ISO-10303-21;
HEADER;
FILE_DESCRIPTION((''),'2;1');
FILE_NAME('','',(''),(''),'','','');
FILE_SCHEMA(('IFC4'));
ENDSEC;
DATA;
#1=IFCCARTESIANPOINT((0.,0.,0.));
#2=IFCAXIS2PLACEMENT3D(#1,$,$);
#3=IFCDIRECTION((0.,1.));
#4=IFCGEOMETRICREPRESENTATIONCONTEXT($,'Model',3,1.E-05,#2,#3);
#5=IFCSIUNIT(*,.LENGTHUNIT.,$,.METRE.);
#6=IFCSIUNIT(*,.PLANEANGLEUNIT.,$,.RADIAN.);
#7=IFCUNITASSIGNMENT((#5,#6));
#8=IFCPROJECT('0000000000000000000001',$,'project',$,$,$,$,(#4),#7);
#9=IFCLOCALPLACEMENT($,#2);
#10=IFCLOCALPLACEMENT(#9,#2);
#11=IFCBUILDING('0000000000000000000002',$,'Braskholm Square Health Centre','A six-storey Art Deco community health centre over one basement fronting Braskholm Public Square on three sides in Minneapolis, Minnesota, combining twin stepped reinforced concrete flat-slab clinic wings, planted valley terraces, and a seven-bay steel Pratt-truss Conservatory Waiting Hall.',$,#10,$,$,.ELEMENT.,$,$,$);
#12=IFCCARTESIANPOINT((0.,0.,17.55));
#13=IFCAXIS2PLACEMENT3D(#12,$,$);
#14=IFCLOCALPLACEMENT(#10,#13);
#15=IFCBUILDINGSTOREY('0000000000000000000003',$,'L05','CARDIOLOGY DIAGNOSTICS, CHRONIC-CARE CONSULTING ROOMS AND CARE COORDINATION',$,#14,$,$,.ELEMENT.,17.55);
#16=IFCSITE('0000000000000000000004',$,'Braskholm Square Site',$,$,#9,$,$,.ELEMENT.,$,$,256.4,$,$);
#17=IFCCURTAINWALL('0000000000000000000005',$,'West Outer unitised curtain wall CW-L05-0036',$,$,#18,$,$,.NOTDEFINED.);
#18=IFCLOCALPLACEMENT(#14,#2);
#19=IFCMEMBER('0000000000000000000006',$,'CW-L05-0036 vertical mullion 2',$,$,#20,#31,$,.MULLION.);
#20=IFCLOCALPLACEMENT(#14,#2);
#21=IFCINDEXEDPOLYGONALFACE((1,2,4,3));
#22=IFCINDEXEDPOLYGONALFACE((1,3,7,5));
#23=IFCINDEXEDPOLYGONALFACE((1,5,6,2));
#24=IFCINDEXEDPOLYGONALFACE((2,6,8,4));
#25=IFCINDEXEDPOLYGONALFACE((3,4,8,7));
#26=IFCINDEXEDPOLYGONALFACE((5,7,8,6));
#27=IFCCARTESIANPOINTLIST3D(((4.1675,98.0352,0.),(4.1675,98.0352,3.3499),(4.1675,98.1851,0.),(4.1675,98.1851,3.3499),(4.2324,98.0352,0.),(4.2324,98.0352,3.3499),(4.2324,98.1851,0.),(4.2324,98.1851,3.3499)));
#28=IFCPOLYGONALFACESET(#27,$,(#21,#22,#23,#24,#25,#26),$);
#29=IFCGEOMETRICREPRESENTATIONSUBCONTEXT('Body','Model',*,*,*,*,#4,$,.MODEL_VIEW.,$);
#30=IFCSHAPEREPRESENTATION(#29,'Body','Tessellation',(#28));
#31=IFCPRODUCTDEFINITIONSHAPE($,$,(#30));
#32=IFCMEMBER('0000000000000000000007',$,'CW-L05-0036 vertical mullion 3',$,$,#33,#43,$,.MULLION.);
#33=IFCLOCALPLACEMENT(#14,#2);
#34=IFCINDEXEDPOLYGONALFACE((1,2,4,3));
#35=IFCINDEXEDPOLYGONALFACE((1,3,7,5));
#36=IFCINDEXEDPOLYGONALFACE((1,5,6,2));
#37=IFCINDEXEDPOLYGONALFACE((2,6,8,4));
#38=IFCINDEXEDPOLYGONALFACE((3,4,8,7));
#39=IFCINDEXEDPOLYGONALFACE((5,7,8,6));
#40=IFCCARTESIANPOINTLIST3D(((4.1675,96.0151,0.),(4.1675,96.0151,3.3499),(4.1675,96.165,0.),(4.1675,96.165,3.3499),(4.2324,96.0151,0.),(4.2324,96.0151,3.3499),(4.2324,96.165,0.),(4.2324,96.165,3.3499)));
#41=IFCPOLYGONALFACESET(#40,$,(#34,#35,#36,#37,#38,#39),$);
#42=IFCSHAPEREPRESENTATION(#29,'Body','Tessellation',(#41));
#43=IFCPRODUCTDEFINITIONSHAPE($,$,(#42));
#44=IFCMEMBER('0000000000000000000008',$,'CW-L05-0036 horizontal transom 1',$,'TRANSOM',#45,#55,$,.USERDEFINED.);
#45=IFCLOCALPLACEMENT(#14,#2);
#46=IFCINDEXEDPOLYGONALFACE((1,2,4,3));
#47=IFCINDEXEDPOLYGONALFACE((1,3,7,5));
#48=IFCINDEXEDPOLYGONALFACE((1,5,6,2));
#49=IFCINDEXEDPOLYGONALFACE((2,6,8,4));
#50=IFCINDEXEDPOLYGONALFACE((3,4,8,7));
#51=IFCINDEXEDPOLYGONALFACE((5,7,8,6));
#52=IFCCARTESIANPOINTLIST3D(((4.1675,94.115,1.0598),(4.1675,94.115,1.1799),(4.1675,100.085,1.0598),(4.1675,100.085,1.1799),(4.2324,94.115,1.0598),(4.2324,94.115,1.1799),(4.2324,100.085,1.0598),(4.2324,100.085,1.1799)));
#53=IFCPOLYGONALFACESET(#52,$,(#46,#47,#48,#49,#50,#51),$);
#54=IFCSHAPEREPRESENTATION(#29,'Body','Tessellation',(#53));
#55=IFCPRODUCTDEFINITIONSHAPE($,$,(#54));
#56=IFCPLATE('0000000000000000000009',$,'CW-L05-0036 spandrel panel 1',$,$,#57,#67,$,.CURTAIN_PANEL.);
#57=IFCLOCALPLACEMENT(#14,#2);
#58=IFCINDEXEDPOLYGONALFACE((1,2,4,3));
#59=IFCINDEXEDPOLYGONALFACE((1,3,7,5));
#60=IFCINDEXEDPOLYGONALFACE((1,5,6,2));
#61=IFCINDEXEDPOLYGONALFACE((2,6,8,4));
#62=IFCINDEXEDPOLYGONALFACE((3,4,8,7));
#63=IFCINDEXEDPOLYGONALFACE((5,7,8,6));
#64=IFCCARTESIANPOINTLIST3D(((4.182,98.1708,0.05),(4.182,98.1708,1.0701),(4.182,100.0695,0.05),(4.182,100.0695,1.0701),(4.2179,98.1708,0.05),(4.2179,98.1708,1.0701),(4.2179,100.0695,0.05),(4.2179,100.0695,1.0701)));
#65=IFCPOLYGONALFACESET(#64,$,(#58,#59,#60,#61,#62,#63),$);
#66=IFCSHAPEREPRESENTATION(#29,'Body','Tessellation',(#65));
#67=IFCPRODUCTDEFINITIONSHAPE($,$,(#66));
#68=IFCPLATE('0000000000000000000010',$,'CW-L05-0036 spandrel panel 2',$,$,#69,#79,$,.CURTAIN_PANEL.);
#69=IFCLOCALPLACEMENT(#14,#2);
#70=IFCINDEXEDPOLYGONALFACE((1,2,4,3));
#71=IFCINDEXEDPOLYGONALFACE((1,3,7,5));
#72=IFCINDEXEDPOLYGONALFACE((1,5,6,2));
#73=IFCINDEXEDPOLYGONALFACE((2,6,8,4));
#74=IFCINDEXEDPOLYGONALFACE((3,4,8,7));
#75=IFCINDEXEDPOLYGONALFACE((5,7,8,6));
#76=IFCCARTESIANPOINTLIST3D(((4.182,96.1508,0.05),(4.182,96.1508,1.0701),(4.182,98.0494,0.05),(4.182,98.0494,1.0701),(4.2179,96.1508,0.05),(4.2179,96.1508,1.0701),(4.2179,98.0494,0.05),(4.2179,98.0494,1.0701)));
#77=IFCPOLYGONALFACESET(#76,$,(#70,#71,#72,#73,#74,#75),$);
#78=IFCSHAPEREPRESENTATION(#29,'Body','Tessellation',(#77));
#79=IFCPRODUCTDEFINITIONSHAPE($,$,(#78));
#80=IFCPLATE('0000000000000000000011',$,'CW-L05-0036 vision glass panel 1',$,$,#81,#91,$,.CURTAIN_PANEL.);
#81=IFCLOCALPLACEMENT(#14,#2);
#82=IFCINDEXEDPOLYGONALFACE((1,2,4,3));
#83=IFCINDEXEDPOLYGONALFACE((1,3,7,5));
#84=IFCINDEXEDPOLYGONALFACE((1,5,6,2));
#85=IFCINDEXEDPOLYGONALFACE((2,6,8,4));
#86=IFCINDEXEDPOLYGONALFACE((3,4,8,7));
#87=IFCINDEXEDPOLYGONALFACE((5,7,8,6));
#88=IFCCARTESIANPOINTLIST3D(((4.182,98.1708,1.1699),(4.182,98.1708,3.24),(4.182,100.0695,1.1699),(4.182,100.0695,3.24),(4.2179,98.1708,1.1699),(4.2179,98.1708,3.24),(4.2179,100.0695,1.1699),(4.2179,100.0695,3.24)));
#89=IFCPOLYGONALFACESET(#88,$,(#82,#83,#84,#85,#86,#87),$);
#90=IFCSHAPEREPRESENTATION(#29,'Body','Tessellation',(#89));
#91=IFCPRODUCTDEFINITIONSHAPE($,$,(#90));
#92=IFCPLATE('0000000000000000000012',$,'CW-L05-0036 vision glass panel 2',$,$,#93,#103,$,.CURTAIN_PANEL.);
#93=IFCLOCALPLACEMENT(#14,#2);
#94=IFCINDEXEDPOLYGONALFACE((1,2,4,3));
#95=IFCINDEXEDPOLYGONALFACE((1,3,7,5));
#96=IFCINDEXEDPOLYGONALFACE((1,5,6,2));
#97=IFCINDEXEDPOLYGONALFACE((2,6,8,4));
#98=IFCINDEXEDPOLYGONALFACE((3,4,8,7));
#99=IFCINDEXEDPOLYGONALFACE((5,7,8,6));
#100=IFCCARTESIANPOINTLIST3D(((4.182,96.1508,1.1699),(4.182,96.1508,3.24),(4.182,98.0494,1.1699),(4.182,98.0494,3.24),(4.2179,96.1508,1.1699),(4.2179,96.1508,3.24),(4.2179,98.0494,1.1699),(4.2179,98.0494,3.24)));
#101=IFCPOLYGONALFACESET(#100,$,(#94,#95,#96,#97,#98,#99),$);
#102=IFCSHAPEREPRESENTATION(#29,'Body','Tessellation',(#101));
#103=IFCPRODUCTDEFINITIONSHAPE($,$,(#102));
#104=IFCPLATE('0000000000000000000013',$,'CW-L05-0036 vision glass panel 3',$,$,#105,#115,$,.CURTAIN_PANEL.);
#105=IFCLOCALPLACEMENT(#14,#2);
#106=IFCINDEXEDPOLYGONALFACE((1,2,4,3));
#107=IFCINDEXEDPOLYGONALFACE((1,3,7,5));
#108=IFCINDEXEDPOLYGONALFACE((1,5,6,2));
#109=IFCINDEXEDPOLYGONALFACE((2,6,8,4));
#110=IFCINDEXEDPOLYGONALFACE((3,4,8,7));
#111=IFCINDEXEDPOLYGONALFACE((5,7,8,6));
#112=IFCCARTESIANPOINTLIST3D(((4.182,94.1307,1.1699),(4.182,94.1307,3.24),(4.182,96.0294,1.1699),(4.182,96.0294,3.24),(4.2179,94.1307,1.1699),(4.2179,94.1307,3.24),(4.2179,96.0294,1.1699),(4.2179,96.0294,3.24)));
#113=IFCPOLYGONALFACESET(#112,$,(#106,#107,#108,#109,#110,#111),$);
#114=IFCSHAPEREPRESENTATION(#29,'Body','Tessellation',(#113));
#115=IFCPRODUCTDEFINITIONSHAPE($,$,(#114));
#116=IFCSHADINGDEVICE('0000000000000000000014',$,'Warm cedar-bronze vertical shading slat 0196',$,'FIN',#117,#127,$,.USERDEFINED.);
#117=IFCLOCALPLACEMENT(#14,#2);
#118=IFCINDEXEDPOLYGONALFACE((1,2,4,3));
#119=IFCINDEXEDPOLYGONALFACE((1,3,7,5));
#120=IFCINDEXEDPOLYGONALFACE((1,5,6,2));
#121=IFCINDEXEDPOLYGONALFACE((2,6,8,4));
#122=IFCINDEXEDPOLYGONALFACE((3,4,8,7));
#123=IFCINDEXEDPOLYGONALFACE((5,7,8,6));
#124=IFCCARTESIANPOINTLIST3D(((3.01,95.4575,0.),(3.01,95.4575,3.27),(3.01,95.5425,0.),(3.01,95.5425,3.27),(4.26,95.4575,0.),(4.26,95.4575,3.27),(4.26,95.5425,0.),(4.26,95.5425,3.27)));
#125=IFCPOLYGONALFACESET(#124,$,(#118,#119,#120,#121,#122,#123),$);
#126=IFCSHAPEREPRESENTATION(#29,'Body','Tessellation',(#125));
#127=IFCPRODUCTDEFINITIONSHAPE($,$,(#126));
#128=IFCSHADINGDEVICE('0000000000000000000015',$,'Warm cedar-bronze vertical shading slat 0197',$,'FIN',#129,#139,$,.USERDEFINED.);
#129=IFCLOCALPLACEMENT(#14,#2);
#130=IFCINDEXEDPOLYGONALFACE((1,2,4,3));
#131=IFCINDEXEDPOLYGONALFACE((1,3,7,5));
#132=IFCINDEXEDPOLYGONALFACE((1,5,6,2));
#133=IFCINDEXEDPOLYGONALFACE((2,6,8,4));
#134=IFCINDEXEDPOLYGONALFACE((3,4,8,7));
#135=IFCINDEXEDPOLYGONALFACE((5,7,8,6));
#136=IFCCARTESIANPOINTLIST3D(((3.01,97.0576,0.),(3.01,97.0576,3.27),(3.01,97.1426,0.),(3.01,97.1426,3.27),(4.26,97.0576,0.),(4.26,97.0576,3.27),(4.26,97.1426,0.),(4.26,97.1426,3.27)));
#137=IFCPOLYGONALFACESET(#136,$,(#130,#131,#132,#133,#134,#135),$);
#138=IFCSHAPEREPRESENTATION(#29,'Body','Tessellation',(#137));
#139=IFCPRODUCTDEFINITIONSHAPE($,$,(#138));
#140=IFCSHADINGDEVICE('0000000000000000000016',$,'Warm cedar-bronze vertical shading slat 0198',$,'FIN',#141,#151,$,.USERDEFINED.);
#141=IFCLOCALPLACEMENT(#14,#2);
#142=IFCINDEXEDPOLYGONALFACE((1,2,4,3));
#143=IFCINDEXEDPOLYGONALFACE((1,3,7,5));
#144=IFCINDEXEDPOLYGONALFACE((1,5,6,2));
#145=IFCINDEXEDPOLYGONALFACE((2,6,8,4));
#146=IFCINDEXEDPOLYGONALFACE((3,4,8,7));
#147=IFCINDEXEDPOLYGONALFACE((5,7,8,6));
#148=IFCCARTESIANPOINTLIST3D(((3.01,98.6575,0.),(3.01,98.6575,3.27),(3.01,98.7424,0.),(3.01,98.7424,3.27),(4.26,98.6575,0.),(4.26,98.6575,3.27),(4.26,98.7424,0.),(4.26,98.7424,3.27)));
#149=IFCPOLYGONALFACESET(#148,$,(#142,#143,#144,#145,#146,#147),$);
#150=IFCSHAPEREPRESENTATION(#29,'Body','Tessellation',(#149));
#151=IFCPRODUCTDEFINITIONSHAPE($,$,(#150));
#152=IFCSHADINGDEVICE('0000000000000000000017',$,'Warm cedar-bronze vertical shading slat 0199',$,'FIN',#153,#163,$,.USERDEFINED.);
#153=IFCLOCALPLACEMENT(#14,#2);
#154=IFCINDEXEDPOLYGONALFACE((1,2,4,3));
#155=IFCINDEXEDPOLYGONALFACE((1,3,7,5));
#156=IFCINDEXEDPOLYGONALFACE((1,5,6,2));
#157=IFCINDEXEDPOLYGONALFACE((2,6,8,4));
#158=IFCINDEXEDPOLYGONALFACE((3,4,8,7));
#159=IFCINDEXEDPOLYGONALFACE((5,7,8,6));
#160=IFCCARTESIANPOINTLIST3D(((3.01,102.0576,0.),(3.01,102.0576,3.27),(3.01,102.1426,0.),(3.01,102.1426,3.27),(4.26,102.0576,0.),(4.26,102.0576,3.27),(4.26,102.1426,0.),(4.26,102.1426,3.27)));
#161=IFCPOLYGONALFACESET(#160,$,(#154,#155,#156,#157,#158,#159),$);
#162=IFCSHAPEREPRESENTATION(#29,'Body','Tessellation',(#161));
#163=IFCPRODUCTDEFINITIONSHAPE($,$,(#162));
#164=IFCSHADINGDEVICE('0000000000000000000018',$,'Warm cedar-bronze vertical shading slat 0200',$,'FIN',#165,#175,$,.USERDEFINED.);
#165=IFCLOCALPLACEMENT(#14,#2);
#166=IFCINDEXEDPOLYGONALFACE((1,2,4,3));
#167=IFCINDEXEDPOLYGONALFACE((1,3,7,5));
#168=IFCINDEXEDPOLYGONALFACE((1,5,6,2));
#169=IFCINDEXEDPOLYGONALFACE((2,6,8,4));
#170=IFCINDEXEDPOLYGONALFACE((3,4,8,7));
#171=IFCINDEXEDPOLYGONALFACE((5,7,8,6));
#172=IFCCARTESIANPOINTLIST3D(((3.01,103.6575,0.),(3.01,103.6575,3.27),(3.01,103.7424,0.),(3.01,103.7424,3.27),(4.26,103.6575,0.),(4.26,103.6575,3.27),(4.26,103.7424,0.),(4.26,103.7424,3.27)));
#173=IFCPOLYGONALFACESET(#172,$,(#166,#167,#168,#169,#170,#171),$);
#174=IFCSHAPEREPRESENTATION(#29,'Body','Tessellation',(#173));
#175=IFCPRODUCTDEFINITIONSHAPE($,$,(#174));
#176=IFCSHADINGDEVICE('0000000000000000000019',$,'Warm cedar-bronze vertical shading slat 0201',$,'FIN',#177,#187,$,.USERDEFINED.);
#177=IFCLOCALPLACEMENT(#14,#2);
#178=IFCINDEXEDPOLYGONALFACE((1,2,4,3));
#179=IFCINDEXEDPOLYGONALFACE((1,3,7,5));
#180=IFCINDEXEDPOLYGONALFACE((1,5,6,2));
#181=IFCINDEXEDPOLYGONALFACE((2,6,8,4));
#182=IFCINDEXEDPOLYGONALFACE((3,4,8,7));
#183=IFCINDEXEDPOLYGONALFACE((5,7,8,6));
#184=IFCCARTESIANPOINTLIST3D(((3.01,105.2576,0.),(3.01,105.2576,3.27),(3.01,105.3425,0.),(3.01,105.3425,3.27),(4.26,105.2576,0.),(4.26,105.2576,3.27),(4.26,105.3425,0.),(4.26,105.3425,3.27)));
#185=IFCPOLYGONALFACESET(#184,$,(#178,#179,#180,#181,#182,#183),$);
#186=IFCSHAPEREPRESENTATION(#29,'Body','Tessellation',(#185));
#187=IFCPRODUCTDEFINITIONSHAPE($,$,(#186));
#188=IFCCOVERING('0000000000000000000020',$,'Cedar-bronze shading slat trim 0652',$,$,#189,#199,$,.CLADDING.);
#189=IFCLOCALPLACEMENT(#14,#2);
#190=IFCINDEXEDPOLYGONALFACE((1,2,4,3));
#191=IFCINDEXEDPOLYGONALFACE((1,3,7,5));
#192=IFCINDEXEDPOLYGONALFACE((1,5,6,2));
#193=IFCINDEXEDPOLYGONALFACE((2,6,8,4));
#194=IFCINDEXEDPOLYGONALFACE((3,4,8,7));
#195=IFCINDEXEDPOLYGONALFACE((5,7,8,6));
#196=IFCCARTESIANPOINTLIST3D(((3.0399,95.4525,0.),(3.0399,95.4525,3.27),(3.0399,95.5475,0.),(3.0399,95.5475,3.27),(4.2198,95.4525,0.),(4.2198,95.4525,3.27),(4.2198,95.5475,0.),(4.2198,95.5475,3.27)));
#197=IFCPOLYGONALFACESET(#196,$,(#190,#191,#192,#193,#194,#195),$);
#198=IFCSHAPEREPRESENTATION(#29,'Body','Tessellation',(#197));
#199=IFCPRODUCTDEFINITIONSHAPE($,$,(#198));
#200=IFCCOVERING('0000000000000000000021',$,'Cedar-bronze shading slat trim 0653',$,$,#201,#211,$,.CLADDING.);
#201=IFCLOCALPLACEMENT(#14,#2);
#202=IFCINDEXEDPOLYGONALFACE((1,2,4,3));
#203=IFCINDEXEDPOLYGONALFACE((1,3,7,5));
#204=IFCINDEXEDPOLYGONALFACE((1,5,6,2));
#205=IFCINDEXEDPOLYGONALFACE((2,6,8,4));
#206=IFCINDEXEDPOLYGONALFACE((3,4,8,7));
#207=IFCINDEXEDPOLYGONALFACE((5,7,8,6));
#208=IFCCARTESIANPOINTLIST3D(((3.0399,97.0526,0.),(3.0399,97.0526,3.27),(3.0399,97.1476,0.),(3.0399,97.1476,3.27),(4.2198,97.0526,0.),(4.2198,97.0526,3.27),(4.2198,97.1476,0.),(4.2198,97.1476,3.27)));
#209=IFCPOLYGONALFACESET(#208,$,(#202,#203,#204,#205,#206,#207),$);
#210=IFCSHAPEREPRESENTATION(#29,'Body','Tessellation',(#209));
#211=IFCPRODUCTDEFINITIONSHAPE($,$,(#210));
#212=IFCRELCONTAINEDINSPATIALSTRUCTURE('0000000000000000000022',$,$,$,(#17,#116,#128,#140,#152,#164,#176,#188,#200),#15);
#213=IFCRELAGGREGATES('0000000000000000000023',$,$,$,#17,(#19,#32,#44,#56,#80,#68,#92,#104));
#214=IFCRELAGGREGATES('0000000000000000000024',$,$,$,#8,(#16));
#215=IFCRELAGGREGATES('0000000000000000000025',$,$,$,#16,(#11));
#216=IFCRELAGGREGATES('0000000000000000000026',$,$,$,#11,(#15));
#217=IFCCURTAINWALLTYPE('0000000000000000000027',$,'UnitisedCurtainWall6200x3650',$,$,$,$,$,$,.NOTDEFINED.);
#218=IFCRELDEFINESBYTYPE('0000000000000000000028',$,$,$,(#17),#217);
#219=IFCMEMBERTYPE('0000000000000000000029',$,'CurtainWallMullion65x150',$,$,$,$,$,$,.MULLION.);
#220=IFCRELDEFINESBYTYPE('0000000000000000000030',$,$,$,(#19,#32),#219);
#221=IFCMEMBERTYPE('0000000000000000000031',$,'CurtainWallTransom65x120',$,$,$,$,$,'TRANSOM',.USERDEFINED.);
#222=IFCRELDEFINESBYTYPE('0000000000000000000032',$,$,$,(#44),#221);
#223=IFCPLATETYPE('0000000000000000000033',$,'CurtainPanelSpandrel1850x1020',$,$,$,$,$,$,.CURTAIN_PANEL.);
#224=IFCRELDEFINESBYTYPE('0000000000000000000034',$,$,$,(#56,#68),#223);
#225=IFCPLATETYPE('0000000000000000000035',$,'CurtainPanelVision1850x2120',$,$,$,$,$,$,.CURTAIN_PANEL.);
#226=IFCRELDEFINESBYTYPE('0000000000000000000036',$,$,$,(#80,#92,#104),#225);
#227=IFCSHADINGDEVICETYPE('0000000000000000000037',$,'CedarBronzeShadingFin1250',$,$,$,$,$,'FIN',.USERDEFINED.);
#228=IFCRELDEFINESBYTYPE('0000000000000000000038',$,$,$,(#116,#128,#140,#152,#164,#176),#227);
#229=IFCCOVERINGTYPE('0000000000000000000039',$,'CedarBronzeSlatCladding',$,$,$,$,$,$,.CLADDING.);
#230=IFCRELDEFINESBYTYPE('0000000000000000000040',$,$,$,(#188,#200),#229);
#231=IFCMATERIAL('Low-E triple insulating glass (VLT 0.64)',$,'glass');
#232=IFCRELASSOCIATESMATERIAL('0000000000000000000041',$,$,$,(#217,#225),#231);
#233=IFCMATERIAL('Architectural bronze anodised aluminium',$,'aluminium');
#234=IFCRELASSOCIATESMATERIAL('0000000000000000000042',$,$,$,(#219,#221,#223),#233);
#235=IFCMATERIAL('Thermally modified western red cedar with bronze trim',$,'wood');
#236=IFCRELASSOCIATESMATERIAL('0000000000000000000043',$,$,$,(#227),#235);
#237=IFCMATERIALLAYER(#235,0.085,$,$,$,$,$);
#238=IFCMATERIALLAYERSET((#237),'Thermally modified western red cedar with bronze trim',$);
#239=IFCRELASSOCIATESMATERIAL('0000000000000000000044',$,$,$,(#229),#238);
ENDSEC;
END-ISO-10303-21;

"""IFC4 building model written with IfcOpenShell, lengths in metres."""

from ifc_helpers import new_model, si_unit, direction, frame, origin, origin_2d, place, context, subcontext, project, spatial, rectangle, extrude, material, layer, layer_set, material_profile, profile_set, type_object, element, aggregate, save


model = new_model("IFC4")

# Units and contexts
model_context = context("Model", 3, precision=1e-05, world=origin(), true_north=direction((0.0, 1.0)))
body_context = subcontext(model_context, "Body", "Model", "MODEL_VIEW")
ifc_project = project(units=[si_unit("LENGTHUNIT", "METRE"), si_unit("PLANEANGLEUNIT", "RADIAN")], contexts=[model_context])

# Site, building, storey
site_placement = place(None, origin())
site = spatial("IfcSite", under=ifc_project, at=site_placement, Name="Braskholm Square Site", CompositionType="ELEMENT", RefElevation=256.4)
building_placement = place(site_placement, origin())
building = spatial("IfcBuilding", under=site, at=building_placement, Name="Braskholm Square Health Centre", Description="A six-storey Art Deco community health centre over one basement fronting Braskholm Public Square on three sides in Minneapolis, Minnesota, combining twin stepped reinforced concrete flat-slab clinic wings, planted valley terraces, and a seven-bay steel Pratt-truss Conservatory Waiting Hall.", CompositionType="ELEMENT")
storey_placement = place(building_placement, frame((0.0, 0.0, 17.55)))
storey = spatial("IfcBuildingStorey", under=building, at=storey_placement, Name="L05", Description="CARDIOLOGY DIAGNOSTICS, CHRONIC-CARE CONSULTING ROOMS AND CARE COORDINATION", CompositionType="ELEMENT", Elevation=17.55)

# Curtain wall, members, plates
ifc_material_1 = material(Name="Low-E triple insulating glass (VLT 0.64)", Category="glass")
curtain_wall_type = type_object("IfcCurtainWallType", Name="UnitisedCurtainWall6200x3650", PredefinedType="NOTDEFINED", material=ifc_material_1)
curtain_wall_placement = place(storey_placement, origin())
curtain_wall = element("IfcCurtainWall", 1, at=curtain_wall_placement, inside=storey, type_object=curtain_wall_type, Name="West Outer unitised curtain wall CW-L05-0036", PredefinedType="NOTDEFINED")
ifc_material_2 = material(Name="Architectural bronze anodised aluminium", Category="aluminium")
ifc_material_profile_1 = material_profile(ifc_material_2, rectangle(XDim=0.0649, YDim=0.1499, at=origin_2d()), Name="ALU-65X150")
ifc_profile_set_1 = profile_set([ifc_material_profile_1], Name="Architectural bronze anodised aluminium")
member_type_1 = type_object("IfcMemberType", Name="CurtainWallMullion65x150", PredefinedType="MULLION", material=ifc_profile_set_1)
member_1_placement = place(storey_placement, frame((4.2, 98.1101, 0.0), z_axis=(0.0, 0.0, 1.0), x_axis=(1.0, 0.0, 0.0)))
member_1 = element("IfcMember", 2, at=member_1_placement, type_object=member_type_1, Name="CW-L05-0036 vertical mullion 2", PredefinedType="MULLION", context=body_context, shape_type="SweptSolid", body=[
    extrude(rectangle(XDim=0.0649, YDim=0.1499, at=origin_2d()), origin(), (0.0, 0.0, 1.0), 3.3499),
])
member_2_placement = place(storey_placement, frame((4.2, 96.0901, 0.0), z_axis=(0.0, 0.0, 1.0), x_axis=(1.0, 0.0, 0.0)))
member_2 = element("IfcMember", 3, at=member_2_placement, type_object=member_type_1, Name="CW-L05-0036 vertical mullion 3", PredefinedType="MULLION", context=body_context, shape_type="SweptSolid", body=[
    extrude(rectangle(XDim=0.0649, YDim=0.1499, at=origin_2d()), origin(), (0.0, 0.0, 1.0), 3.3499),
])
ifc_material_profile_2 = material_profile(ifc_material_2, rectangle(XDim=0.0649, YDim=0.1201, at=origin_2d()), Name="ALU-65X120")
ifc_profile_set_2 = profile_set([ifc_material_profile_2], Name="Architectural bronze anodised aluminium")
member_type_2 = type_object("IfcMemberType", Name="CurtainWallTransom65x120", ElementType="TRANSOM", PredefinedType="USERDEFINED", material=ifc_profile_set_2)
member_3_placement = place(storey_placement, frame((4.2, 100.085, 1.1199), z_axis=(0.0, -1.0, 0.0), x_axis=(1.0, 0.0, 0.0)))
member_3 = element("IfcMember", 4, at=member_3_placement, type_object=member_type_2, Name="CW-L05-0036 horizontal transom 1", ObjectType="TRANSOM", PredefinedType="USERDEFINED", context=body_context, shape_type="SweptSolid", body=[
    extrude(rectangle(XDim=0.0649, YDim=0.1201, at=origin_2d()), origin(), (0.0, 0.0, 1.0), 5.97),
])
plate_type_1 = type_object("IfcPlateType", Name="CurtainPanelSpandrel1850x1020", PredefinedType="CURTAIN_PANEL", material=ifc_material_2)
plate_1_placement = place(storey_placement, frame((4.2, 99.1201, 0.05), z_axis=(0.0, 0.0, 1.0), x_axis=(0.0, -1.0, 0.0)))
plate_1 = element("IfcPlate", 5, at=plate_1_placement, type_object=plate_type_1, Name="CW-L05-0036 spandrel panel 1", PredefinedType="CURTAIN_PANEL", context=body_context, shape_type="SweptSolid", body=[
    extrude(rectangle(XDim=1.8987, YDim=0.0359, at=origin_2d()), origin(), (0.0, 0.0, 1.0), 1.02),
])
plate_2_placement = place(storey_placement, frame((4.2, 97.1001, 0.05), z_axis=(0.0, 0.0, 1.0), x_axis=(0.0, -1.0, 0.0)))
plate_2 = element("IfcPlate", 6, at=plate_2_placement, type_object=plate_type_1, Name="CW-L05-0036 spandrel panel 2", PredefinedType="CURTAIN_PANEL", context=body_context, shape_type="SweptSolid", body=[
    extrude(rectangle(XDim=1.8987, YDim=0.0359, at=origin_2d()), origin(), (0.0, 0.0, 1.0), 1.02),
])
plate_type_2 = type_object("IfcPlateType", Name="CurtainPanelVision1850x2120", PredefinedType="CURTAIN_PANEL", material=ifc_material_1)
plate_3_placement = place(storey_placement, frame((4.2, 99.1201, 1.1699), z_axis=(0.0, 0.0, 1.0), x_axis=(0.0, -1.0, 0.0)))
plate_3 = element("IfcPlate", 7, at=plate_3_placement, type_object=plate_type_2, Name="CW-L05-0036 vision glass panel 1", PredefinedType="CURTAIN_PANEL", context=body_context, shape_type="SweptSolid", body=[
    extrude(rectangle(XDim=1.8987, YDim=0.0359, at=origin_2d()), origin(), (0.0, 0.0, 1.0), 2.0701),
])
plate_4_placement = place(storey_placement, frame((4.2, 97.1001, 1.1699), z_axis=(0.0, 0.0, 1.0), x_axis=(0.0, -1.0, 0.0)))
plate_4 = element("IfcPlate", 8, at=plate_4_placement, type_object=plate_type_2, Name="CW-L05-0036 vision glass panel 2", PredefinedType="CURTAIN_PANEL", context=body_context, shape_type="SweptSolid", body=[
    extrude(rectangle(XDim=1.8987, YDim=0.0359, at=origin_2d()), origin(), (0.0, 0.0, 1.0), 2.0701),
])
plate_5_placement = place(storey_placement, frame((4.2, 95.0801, 1.1699), z_axis=(0.0, 0.0, 1.0), x_axis=(0.0, -1.0, 0.0)))
plate_5 = element("IfcPlate", 9, at=plate_5_placement, type_object=plate_type_2, Name="CW-L05-0036 vision glass panel 3", PredefinedType="CURTAIN_PANEL", context=body_context, shape_type="SweptSolid", body=[
    extrude(rectangle(XDim=1.8987, YDim=0.0359, at=origin_2d()), origin(), (0.0, 0.0, 1.0), 2.0701),
])
aggregate(curtain_wall, [member_1, member_2, member_3, plate_1, plate_3, plate_2, plate_4, plate_5])

# Shading devices
ifc_material_3 = material(Name="Thermally modified western red cedar with bronze trim", Category="wood")
shading_device_type = type_object("IfcShadingDeviceType", Name="CedarBronzeShadingFin1250", ElementType="FIN", PredefinedType="USERDEFINED", material=ifc_material_3)
for number, where, z_axis, x_axis, name in (
    (10, (3.635, 95.5, 0.0), (0.0, 0.0, 1.0), (1.0, 0.0, 0.0), "Warm cedar-bronze vertical shading slat 0196"),
    (11, (3.635, 97.1001, 0.0), (0.0, 0.0, 1.0), (1.0, 0.0, 0.0), "Warm cedar-bronze vertical shading slat 0197"),
    (12, (3.635, 98.7, 0.0), (0.0, 0.0, 1.0), (1.0, 0.0, 0.0), "Warm cedar-bronze vertical shading slat 0198"),
    (13, (3.635, 102.1001, 0.0), (0.0, 0.0, 1.0), (1.0, 0.0, 0.0), "Warm cedar-bronze vertical shading slat 0199"),
    (14, (3.635, 103.7, 0.0), (0.0, 0.0, 1.0), (1.0, 0.0, 0.0), "Warm cedar-bronze vertical shading slat 0200"),
    (15, (3.635, 105.3, 0.0), (0.0, 0.0, 1.0), (1.0, 0.0, 0.0), "Warm cedar-bronze vertical shading slat 0201"),
):
    element("IfcShadingDevice", number, at=place(storey_placement, frame(where, z_axis=z_axis, x_axis=x_axis)), inside=storey, type_object=shading_device_type, Name=name, ObjectType="FIN", PredefinedType="USERDEFINED", context=body_context, shape_type="SweptSolid", body=[
        extrude(rectangle(XDim=1.25, YDim=0.085, at=origin_2d()), origin(), (0.0, 0.0, 1.0), 3.27),
    ])

# Coverings
ifc_layer_1 = layer(ifc_material_3, 0.085)
ifc_layer_set_1 = layer_set([ifc_layer_1], Name="Thermally modified western red cedar with bronze trim")
covering_type_1 = type_object("IfcCoveringType", Name="CedarBronzeSlatCladding", PredefinedType="CLADDING", material=ifc_layer_set_1)
for number, where, z_axis, x_axis, name in (
    (16, (3.6299, 95.5, 0.0), (0.0, 0.0, 1.0), (1.0, 0.0, 0.0), "Cedar-bronze shading slat trim 0652"),
    (17, (3.6299, 97.1001, 0.0), (0.0, 0.0, 1.0), (1.0, 0.0, 0.0), "Cedar-bronze shading slat trim 0653"),
):
    element("IfcCovering", number, at=place(storey_placement, frame(where, z_axis=z_axis, x_axis=x_axis)), inside=storey, type_object=covering_type_1, Name=name, PredefinedType="CLADDING", context=body_context, shape_type="SweptSolid", body=[
        extrude(rectangle(XDim=1.1799, YDim=0.095, at=origin_2d()), origin(), (0.0, 0.0, 1.0), 3.27),
    ])

save(model, "model.ifc")
